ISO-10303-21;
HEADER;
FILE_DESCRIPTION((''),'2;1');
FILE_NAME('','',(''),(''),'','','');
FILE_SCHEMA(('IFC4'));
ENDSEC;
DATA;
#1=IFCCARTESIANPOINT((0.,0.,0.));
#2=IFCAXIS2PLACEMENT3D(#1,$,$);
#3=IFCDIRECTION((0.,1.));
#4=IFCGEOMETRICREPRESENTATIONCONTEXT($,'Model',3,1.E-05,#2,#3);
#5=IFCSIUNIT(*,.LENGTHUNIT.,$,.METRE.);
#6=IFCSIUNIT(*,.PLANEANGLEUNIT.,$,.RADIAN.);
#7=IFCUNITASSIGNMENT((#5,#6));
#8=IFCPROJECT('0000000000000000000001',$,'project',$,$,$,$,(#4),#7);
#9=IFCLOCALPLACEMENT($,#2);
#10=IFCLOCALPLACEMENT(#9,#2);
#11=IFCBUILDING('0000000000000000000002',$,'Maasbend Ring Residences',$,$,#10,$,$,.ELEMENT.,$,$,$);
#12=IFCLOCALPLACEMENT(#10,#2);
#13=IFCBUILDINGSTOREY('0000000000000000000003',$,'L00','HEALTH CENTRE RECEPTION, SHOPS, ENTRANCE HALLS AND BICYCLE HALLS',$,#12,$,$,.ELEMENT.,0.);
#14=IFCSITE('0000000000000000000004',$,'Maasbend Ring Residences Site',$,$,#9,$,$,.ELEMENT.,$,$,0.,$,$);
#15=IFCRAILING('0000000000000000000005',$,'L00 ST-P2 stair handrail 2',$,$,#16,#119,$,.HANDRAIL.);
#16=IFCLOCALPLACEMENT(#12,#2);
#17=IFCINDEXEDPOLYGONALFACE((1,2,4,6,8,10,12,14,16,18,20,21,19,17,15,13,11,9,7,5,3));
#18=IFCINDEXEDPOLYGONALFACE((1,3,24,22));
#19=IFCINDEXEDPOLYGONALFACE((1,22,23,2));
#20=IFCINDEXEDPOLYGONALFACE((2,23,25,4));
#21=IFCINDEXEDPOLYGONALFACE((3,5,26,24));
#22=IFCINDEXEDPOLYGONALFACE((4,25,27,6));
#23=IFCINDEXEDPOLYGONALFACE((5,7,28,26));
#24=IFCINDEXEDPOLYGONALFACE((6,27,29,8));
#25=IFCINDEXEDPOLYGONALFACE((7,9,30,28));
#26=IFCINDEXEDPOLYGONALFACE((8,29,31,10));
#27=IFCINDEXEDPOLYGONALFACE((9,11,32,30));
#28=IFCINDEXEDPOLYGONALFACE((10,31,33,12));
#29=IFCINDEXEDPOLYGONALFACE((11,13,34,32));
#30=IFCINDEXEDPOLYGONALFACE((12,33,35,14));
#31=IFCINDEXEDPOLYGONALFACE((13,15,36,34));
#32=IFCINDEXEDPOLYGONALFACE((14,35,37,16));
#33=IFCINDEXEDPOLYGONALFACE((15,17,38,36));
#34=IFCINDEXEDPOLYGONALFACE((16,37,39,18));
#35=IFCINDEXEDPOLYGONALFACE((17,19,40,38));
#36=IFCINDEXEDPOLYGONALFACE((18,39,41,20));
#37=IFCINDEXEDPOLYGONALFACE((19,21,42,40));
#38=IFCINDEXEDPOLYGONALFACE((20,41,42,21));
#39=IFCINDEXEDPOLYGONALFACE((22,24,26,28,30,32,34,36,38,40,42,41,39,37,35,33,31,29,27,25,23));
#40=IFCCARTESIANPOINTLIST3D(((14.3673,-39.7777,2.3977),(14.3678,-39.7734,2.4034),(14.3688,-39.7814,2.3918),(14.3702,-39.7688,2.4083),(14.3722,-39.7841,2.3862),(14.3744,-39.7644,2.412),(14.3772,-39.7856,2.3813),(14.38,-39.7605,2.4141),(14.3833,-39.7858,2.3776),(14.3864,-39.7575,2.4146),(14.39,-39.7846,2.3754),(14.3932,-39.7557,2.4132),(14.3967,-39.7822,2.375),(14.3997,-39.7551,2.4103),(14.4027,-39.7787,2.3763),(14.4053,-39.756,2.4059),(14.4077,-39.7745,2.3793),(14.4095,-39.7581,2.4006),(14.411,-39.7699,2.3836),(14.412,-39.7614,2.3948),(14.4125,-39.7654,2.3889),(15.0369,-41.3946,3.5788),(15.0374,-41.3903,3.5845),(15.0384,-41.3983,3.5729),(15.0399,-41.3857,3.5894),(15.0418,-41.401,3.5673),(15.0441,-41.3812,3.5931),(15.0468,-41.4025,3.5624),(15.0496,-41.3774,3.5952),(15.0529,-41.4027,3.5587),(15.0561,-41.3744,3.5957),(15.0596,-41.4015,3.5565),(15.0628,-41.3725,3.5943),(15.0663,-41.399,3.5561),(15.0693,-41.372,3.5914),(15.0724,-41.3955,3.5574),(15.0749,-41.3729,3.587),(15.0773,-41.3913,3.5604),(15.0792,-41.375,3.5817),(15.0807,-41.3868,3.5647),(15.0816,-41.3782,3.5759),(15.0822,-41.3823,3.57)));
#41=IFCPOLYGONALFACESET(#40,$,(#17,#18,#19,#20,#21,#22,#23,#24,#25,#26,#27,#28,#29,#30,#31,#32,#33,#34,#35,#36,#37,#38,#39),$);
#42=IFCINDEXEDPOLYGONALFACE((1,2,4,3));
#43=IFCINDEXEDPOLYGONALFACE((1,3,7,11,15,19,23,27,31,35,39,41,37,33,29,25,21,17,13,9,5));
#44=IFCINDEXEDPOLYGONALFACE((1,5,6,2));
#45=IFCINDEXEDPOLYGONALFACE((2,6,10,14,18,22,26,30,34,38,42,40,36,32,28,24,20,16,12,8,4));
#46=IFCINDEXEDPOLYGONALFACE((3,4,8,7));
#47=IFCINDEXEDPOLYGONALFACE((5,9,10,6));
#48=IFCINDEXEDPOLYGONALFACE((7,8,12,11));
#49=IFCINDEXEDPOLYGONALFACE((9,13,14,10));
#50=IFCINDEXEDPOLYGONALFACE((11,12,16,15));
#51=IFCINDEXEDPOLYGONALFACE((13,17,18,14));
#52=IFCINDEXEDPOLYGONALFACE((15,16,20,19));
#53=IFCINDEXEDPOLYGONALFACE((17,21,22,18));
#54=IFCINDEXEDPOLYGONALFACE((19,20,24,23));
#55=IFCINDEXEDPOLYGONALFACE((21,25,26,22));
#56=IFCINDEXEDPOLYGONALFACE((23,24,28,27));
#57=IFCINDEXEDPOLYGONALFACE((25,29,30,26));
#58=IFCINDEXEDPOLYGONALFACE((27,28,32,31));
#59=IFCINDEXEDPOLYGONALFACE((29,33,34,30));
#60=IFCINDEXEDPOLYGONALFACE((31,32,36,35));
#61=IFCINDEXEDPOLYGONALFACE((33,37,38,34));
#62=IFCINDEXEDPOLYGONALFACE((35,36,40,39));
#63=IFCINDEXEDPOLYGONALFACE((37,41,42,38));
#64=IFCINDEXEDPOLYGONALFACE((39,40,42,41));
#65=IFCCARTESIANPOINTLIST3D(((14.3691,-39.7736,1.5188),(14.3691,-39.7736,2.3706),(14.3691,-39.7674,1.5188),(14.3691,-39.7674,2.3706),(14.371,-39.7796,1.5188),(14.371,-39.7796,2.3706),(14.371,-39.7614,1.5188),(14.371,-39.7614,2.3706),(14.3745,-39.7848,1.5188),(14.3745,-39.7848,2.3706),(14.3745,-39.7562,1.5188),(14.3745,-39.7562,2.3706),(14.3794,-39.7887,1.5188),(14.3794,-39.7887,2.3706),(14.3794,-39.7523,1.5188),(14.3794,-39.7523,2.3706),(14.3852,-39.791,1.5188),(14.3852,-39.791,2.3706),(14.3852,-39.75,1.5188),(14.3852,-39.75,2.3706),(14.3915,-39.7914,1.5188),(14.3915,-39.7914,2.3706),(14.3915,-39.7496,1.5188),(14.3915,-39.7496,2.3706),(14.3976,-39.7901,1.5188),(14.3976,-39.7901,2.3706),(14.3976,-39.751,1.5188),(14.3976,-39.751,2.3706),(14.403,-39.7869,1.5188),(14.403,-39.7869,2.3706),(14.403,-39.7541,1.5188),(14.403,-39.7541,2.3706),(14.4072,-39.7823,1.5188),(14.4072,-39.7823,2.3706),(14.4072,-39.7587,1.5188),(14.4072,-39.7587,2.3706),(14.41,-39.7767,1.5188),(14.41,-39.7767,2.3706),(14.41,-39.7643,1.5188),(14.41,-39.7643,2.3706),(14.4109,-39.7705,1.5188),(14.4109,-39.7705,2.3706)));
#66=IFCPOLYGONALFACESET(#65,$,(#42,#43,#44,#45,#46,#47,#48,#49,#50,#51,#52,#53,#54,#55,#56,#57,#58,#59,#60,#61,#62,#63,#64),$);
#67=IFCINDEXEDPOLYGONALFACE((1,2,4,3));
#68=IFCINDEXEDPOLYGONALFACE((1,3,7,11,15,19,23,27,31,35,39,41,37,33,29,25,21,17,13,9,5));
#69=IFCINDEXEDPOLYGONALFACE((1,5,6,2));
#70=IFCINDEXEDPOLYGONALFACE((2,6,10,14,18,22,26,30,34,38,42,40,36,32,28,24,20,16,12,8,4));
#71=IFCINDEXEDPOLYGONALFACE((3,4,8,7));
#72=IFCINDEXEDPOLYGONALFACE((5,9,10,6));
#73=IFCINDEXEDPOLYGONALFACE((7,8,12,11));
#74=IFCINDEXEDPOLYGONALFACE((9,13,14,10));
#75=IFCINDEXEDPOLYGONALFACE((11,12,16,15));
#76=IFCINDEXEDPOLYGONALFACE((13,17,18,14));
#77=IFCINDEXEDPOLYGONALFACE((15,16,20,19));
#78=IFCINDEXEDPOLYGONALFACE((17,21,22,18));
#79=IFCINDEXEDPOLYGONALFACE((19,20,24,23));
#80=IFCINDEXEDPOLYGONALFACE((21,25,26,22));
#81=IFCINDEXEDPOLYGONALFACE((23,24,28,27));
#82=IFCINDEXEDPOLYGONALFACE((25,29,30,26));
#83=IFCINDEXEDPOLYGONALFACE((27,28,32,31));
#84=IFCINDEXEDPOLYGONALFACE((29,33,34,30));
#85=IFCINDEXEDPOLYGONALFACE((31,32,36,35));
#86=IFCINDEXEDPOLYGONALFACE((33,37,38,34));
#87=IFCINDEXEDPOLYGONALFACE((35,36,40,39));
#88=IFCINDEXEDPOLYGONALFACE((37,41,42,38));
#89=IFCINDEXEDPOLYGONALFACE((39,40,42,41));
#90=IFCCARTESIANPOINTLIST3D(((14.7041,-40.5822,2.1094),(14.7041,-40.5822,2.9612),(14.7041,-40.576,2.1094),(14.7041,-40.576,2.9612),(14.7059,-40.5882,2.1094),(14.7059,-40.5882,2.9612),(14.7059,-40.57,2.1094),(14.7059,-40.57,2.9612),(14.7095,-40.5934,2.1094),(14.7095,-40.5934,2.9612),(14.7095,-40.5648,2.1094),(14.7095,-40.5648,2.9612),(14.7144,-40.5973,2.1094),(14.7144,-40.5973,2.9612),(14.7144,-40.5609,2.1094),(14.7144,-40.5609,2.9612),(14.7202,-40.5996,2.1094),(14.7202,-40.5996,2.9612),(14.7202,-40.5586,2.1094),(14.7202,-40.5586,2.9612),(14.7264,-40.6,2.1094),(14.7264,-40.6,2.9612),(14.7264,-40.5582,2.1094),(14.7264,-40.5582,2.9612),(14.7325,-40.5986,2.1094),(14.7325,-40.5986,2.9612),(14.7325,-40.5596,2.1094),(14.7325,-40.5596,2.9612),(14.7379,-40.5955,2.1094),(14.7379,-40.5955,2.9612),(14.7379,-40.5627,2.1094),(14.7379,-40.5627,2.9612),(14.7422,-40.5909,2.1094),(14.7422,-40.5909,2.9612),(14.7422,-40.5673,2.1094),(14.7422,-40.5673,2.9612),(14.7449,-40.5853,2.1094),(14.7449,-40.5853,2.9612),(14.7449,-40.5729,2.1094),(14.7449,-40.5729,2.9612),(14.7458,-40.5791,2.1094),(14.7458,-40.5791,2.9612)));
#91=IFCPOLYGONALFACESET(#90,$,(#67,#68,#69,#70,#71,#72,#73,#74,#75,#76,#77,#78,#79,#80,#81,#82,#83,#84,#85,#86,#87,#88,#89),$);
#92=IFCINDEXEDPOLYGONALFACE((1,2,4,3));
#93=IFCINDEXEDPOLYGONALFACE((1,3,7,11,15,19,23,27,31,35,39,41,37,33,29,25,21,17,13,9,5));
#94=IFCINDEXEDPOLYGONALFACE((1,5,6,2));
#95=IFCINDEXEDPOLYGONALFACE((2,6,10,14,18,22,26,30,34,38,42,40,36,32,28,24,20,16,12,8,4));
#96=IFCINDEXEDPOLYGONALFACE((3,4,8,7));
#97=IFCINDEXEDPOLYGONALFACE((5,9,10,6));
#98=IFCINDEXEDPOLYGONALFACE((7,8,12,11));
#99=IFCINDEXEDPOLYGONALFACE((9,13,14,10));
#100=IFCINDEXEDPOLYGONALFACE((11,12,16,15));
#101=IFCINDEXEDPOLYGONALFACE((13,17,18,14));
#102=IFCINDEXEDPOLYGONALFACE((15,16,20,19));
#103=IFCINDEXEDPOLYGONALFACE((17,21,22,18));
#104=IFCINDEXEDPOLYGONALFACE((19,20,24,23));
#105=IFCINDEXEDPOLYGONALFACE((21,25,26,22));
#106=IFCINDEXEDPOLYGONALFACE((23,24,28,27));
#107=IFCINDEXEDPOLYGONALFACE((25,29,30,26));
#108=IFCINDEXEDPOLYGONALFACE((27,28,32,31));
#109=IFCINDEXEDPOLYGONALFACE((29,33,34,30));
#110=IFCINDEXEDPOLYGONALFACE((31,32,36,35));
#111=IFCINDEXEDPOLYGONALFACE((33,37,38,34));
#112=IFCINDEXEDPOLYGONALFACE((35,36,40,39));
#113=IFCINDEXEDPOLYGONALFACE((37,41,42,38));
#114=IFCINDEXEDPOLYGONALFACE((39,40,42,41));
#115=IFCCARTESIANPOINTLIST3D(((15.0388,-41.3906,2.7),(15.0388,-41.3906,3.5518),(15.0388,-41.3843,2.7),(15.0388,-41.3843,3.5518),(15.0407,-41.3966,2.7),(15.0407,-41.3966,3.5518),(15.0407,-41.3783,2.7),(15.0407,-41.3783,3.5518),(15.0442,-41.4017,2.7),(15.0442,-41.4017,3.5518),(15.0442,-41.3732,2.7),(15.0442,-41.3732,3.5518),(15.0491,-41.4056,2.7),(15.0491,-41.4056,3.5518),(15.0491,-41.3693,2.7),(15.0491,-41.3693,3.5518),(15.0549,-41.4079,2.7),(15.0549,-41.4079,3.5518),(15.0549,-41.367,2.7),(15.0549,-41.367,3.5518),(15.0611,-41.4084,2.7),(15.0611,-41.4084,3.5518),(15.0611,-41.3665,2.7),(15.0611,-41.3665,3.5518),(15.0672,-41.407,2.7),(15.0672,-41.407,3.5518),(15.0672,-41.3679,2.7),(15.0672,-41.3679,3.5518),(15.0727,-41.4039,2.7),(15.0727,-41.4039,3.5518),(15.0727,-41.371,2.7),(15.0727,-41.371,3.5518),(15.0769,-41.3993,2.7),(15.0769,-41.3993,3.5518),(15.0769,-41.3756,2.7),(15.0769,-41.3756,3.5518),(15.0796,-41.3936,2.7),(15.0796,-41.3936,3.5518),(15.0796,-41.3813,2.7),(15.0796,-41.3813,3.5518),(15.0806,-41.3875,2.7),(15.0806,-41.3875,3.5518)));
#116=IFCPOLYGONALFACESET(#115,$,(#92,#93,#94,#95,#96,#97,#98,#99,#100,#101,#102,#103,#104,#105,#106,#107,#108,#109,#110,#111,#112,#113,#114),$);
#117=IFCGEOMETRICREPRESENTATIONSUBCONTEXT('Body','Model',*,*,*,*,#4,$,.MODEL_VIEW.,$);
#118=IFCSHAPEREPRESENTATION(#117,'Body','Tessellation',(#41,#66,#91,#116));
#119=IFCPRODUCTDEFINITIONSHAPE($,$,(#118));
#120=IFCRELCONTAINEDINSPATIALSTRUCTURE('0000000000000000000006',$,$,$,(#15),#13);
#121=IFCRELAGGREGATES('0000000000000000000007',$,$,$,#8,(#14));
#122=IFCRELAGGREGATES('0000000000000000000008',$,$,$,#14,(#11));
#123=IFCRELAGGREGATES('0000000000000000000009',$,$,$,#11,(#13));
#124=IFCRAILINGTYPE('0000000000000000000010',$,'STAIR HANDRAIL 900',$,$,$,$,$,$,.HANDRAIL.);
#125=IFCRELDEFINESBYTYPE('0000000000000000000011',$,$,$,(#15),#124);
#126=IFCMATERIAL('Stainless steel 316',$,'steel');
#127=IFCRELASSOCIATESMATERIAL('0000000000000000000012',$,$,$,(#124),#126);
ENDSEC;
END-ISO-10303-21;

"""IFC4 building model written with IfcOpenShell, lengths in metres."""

from ifc_helpers import new_model, si_unit, direction, frame, origin, origin_2d, place, context, subcontext, project, spatial, circle, extrude, material, type_object, element, save


model = new_model("IFC4")

# Units and contexts
model_context = context("Model", 3, precision=1e-05, world=origin(), true_north=direction((0.0, 1.0)))
body_context = subcontext(model_context, "Body", "Model", "MODEL_VIEW")
ifc_project = project(units=[si_unit("LENGTHUNIT", "METRE"), si_unit("PLANEANGLEUNIT", "RADIAN")], contexts=[model_context])

# Site, building, storey
site_placement = place(None, origin())
site = spatial("IfcSite", under=ifc_project, at=site_placement, Name="Maasbend Ring Residences Site", CompositionType="ELEMENT", RefElevation=0.0)
building_placement = place(site_placement, origin())
building = spatial("IfcBuilding", under=site, at=building_placement, Name="Maasbend Ring Residences", CompositionType="ELEMENT")
storey_placement = place(building_placement, origin())
storey = spatial("IfcBuildingStorey", under=building, at=storey_placement, Name="L00", Description="HEALTH CENTRE RECEPTION, SHOPS, ENTRANCE HALLS AND BICYCLE HALLS", CompositionType="ELEMENT", Elevation=0.0)

# Railing
ifc_material_1 = material(Name="Stainless steel 316", Category="steel")
railing_type_1 = type_object("IfcRailingType", Name="STAIR HANDRAIL 900", PredefinedType="HANDRAIL", material=ifc_material_1)
railing_1_placement = place(storey_placement, frame((14.3899, -39.7705, 1.5188)))
element("IfcRailing", 1, at=railing_1_placement, inside=storey, type_object=railing_type_1, Name="L00 ST-P2 stair handrail 2", PredefinedType="HANDRAIL", context=body_context, shape_type="SweptSolid", body=[
    extrude(circle(Radius=0.0239, at=origin_2d()), frame((0.0, 0.0, 0.876), z_axis=(0.317169, -0.765808, 0.559411), x_axis=(0.923896, 0.382643, 0.0)), (0.0, 0.0, 1.0), 2.1113),
    extrude(circle(Radius=0.021, at=origin_2d()), origin(), (0.0, 0.0, 1.0), 0.8518),
    extrude(circle(Radius=0.021, at=origin_2d()), frame((0.335, -0.8086, 0.5906)), (0.0, 0.0, 1.0), 0.8518),
    extrude(circle(Radius=0.021, at=origin_2d()), frame((0.6697, -1.6169, 1.1812)), (0.0, 0.0, 1.0), 0.8518),
])

save(model, "model.ifc")
